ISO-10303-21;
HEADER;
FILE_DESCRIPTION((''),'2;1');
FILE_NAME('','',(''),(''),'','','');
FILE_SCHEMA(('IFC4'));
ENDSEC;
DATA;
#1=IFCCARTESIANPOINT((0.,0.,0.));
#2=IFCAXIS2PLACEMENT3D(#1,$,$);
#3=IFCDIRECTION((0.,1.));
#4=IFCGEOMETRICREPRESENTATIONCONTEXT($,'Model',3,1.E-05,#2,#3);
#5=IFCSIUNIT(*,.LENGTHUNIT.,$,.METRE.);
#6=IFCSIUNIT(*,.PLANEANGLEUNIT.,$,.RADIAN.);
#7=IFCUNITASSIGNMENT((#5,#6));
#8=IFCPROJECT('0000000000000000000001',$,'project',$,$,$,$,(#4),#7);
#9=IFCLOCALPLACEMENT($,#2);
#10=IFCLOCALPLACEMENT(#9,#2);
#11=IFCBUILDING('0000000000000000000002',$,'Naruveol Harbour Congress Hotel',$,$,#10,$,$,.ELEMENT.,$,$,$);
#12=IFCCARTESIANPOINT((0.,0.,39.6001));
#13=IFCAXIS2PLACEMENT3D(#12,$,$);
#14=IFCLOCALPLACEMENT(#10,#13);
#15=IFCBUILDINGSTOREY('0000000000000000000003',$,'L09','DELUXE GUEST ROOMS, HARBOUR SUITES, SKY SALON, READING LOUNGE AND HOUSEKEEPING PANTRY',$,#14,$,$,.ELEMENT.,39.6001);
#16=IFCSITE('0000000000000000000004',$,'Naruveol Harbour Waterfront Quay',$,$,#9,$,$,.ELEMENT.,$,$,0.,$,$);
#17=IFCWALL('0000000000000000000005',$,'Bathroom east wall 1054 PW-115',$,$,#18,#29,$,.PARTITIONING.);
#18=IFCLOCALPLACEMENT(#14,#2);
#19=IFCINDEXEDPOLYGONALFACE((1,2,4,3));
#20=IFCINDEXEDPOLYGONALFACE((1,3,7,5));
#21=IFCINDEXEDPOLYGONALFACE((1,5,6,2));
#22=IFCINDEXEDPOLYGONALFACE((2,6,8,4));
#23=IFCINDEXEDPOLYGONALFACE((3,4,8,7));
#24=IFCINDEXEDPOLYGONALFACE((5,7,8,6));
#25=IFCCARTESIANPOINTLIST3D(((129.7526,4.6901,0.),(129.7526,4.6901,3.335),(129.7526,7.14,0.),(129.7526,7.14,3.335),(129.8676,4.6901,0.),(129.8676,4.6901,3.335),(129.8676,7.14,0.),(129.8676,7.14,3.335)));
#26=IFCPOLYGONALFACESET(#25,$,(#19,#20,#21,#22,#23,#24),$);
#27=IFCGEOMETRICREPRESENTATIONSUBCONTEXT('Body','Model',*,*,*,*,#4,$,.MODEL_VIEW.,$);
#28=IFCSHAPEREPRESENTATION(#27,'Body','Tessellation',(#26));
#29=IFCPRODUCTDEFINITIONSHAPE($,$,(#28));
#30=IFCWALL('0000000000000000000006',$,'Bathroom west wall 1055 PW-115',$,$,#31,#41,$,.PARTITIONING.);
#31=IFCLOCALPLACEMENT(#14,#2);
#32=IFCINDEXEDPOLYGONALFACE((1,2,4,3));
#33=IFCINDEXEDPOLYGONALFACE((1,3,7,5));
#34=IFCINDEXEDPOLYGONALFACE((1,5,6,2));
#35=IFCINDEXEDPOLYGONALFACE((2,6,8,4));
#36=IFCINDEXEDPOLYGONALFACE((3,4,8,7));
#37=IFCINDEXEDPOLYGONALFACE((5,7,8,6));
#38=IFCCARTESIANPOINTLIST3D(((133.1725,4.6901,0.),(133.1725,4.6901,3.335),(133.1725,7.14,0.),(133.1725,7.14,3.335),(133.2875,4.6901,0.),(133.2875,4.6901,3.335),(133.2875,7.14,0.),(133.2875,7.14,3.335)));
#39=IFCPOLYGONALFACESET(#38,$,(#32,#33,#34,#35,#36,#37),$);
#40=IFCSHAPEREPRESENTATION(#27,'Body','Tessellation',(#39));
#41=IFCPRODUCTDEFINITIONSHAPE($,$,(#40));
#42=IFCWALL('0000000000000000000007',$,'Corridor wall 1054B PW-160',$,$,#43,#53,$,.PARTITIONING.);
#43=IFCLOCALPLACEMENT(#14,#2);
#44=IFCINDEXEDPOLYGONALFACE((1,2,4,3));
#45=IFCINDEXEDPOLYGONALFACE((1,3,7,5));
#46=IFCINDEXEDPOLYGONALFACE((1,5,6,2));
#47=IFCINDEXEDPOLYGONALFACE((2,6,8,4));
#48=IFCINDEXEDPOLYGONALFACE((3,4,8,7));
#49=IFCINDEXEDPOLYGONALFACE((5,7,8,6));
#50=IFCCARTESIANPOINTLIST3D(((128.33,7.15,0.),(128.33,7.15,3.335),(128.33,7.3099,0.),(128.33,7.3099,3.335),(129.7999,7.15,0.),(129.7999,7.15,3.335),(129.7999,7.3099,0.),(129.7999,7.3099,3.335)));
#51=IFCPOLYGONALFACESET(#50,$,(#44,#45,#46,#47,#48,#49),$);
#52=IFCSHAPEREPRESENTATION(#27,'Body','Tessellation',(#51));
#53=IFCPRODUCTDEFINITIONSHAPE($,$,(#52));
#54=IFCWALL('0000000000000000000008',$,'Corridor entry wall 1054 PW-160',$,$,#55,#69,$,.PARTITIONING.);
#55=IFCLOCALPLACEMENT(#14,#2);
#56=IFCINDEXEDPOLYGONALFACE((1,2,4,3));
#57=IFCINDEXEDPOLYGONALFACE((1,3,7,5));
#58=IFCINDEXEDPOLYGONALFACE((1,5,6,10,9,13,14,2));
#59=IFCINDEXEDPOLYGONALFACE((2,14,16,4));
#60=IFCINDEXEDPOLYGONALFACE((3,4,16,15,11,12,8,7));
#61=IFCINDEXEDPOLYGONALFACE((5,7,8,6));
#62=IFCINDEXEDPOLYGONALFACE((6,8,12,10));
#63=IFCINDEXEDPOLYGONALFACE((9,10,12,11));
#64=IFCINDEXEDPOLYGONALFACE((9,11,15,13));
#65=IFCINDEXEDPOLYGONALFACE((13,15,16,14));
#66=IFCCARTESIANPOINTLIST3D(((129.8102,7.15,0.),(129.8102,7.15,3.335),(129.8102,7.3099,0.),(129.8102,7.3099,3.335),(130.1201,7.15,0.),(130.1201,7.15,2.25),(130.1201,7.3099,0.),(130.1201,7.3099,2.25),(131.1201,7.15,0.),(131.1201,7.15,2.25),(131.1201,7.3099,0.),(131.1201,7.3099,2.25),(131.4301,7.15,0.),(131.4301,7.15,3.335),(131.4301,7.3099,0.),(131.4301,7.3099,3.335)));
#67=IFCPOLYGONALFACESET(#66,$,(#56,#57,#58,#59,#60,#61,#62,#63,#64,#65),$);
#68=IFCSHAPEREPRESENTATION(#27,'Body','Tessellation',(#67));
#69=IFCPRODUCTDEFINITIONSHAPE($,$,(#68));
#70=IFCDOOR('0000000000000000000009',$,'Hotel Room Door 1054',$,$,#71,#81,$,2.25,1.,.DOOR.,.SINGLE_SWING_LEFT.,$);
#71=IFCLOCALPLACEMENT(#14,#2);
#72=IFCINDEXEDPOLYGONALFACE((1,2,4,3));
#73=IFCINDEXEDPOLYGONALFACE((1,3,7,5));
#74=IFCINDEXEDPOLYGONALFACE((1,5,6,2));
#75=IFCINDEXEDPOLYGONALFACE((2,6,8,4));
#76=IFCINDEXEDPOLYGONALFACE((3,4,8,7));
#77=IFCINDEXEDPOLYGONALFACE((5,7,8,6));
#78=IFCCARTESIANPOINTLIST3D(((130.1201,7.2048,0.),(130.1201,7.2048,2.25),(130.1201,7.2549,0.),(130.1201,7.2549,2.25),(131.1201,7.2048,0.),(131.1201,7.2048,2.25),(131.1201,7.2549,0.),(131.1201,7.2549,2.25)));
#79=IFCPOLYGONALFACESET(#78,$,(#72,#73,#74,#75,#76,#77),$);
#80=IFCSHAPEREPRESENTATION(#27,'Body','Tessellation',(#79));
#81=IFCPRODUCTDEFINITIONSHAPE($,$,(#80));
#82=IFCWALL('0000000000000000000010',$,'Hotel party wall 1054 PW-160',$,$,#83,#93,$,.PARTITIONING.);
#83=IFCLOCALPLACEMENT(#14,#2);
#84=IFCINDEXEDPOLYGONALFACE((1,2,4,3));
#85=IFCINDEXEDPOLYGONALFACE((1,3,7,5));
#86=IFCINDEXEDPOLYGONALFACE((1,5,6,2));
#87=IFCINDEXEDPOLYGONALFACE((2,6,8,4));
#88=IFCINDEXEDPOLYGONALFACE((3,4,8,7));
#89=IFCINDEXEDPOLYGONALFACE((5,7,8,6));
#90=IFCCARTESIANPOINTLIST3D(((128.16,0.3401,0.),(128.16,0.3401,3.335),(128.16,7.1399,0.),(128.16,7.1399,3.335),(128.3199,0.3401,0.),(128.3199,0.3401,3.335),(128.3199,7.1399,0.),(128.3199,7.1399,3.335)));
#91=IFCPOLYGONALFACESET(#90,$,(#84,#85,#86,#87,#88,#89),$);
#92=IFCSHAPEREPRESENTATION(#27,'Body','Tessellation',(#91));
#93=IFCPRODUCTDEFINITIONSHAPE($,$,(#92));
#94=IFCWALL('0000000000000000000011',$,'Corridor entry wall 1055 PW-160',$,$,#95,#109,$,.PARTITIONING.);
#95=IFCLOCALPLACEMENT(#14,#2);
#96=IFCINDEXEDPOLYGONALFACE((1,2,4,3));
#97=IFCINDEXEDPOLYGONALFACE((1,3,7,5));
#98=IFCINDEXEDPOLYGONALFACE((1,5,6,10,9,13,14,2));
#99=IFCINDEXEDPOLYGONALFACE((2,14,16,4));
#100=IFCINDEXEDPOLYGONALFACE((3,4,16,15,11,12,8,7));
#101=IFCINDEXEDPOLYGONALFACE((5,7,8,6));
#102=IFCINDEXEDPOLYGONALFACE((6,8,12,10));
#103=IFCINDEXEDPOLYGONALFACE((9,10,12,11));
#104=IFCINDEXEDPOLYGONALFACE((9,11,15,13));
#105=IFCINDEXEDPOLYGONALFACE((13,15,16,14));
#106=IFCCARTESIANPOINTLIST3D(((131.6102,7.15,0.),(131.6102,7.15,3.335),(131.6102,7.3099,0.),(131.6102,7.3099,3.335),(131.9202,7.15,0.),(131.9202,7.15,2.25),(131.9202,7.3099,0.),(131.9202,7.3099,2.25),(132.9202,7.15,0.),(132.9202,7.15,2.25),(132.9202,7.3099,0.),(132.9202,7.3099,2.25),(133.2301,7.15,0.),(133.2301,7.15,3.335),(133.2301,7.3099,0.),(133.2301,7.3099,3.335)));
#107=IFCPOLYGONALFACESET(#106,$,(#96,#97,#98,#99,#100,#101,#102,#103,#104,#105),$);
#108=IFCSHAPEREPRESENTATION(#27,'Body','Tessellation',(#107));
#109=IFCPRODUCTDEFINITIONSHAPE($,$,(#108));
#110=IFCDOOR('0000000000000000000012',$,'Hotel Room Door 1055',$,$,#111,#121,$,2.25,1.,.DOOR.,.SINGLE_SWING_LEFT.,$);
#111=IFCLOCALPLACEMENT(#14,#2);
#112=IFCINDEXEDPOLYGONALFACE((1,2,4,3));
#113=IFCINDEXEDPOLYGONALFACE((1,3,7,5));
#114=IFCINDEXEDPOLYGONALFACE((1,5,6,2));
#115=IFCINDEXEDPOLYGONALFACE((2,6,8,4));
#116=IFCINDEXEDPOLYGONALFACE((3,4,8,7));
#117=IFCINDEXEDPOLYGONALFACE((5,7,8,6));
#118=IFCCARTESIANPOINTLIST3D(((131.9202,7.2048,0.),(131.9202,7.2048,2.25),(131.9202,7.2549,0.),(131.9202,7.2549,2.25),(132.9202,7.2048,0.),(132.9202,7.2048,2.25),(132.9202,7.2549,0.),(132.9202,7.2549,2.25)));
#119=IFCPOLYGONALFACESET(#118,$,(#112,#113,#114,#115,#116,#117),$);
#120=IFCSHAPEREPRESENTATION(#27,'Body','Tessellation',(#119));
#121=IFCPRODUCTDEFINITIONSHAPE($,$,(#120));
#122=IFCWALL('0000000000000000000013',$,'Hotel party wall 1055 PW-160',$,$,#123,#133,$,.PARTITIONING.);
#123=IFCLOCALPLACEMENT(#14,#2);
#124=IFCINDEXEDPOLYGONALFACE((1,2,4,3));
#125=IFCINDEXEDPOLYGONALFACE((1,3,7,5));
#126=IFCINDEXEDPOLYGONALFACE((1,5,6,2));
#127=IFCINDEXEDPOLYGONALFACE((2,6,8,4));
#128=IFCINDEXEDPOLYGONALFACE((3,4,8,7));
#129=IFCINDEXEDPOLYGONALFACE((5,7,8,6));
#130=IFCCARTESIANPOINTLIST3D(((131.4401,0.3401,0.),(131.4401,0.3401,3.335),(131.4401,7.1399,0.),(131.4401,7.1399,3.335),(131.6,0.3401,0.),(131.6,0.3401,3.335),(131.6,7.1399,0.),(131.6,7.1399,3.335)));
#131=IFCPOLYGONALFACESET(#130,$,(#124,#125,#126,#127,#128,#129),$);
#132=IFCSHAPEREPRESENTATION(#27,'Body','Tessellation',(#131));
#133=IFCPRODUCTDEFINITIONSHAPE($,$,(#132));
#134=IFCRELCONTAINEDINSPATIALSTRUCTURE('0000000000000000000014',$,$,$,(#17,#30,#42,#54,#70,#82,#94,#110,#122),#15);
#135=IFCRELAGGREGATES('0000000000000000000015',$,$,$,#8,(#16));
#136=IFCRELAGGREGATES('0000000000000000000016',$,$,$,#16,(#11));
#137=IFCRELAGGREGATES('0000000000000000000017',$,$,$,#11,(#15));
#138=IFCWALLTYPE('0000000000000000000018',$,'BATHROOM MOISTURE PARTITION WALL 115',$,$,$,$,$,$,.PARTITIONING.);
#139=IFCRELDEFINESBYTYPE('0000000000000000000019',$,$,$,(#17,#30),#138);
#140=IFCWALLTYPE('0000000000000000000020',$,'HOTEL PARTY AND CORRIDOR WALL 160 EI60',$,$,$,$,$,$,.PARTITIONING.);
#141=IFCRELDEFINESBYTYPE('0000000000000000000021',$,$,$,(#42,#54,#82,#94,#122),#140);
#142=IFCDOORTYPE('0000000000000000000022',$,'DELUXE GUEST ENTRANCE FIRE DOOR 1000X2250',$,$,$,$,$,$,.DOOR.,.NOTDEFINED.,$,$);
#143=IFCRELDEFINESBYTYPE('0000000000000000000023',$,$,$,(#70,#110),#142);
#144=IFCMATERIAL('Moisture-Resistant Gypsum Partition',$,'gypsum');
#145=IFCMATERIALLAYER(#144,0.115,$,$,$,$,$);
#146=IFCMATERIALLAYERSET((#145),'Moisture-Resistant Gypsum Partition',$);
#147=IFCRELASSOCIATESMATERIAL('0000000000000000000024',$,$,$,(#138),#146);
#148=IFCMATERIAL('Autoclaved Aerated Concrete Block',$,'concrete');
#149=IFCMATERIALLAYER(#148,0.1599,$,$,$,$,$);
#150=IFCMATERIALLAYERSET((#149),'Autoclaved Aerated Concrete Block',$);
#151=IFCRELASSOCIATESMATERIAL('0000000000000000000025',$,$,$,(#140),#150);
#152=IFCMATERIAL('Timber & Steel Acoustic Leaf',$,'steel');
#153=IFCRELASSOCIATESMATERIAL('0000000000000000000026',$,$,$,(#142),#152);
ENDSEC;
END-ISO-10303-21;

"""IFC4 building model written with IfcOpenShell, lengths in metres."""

from ifc_helpers import new_model, si_unit, direction, frame, frame_2d, origin, place, context, subcontext, project, spatial, rectangle, extrude, material, layer, layer_set, type_object, element, fill, save


model = new_model("IFC4")

# Units and contexts
model_context = context("Model", 3, precision=1e-05, world=origin(), true_north=direction((0.0, 1.0)))
body_context = subcontext(model_context, "Body", "Model", "MODEL_VIEW")
ifc_project = project(units=[si_unit("LENGTHUNIT", "METRE"), si_unit("PLANEANGLEUNIT", "RADIAN")], contexts=[model_context])

# Site, building, storey
site_placement = place(None, origin())
site = spatial("IfcSite", under=ifc_project, at=site_placement, Name="Naruveol Harbour Waterfront Quay", CompositionType="ELEMENT", RefElevation=0.0)
building_placement = place(site_placement, origin())
building = spatial("IfcBuilding", under=site, at=building_placement, Name="Naruveol Harbour Congress Hotel", CompositionType="ELEMENT")
storey_placement = place(building_placement, frame((0.0, 0.0, 39.6001)))
storey = spatial("IfcBuildingStorey", under=building, at=storey_placement, Name="L09", Description="DELUXE GUEST ROOMS, HARBOUR SUITES, SKY SALON, READING LOUNGE AND HOUSEKEEPING PANTRY", CompositionType="ELEMENT", Elevation=39.6001)

# Wall
ifc_material_1 = material(Name="Moisture-Resistant Gypsum Partition", Category="gypsum")
ifc_layer_1 = layer(ifc_material_1, 0.115)
ifc_layer_set_1 = layer_set([ifc_layer_1], Name="Moisture-Resistant Gypsum Partition")
wall_type_1 = type_object("IfcWallType", Name="BATHROOM MOISTURE PARTITION WALL 115", PredefinedType="PARTITIONING", material=ifc_layer_set_1)
wall_1_placement = place(storey_placement, frame((129.8101, 4.6899, 0.0), z_axis=(0.0, 0.0, 1.0), x_axis=(0.0, 1.0, 0.0)))
element("IfcWall", 1, at=wall_1_placement, inside=storey, type_object=wall_type_1, Name="Bathroom east wall 1054 PW-115", PredefinedType="PARTITIONING", context=body_context, shape_type="SweptSolid", body=[
    extrude(rectangle(XDim=2.45, YDim=0.115, at=frame_2d((1.2251, 0.0))), origin(), (0.0, 0.0, 1.0), 3.335),
])

# Wall
wall_2_placement = place(storey_placement, frame((133.23, 4.6899, 0.0), z_axis=(0.0, 0.0, 1.0), x_axis=(0.0, 1.0, 0.0)))
element("IfcWall", 2, at=wall_2_placement, inside=storey, type_object=wall_type_1, Name="Bathroom west wall 1055 PW-115", PredefinedType="PARTITIONING", context=body_context, shape_type="SweptSolid", body=[
    extrude(rectangle(XDim=2.45, YDim=0.115, at=frame_2d((1.2251, 0.0))), origin(), (0.0, 0.0, 1.0), 3.335),
])

# Wall
ifc_material_2 = material(Name="Autoclaved Aerated Concrete Block", Category="concrete")
ifc_layer_2 = layer(ifc_material_2, 0.1599)
ifc_layer_set_2 = layer_set([ifc_layer_2], Name="Autoclaved Aerated Concrete Block")
wall_type_2 = type_object("IfcWallType", Name="HOTEL PARTY AND CORRIDOR WALL 160 EI60", PredefinedType="PARTITIONING", material=ifc_layer_set_2)
wall_3_placement = place(storey_placement, frame((128.3301, 7.23, 0.0), z_axis=(0.0, 0.0, 1.0), x_axis=(1.0, 0.0, 0.0)))
element("IfcWall", 3, at=wall_3_placement, inside=storey, type_object=wall_type_2, Name="Corridor wall 1054B PW-160", PredefinedType="PARTITIONING", context=body_context, shape_type="SweptSolid", body=[
    extrude(rectangle(XDim=1.47, YDim=0.1599, at=frame_2d((0.7349, 0.0))), origin(), (0.0, 0.0, 1.0), 3.335),
])

# Wall, opening, door
wall_4_placement = place(storey_placement, frame((129.8101, 7.23, 0.0), z_axis=(0.0, 0.0, 1.0), x_axis=(1.0, 0.0, 0.0)))
wall_4 = element("IfcWall", 4, at=wall_4_placement, inside=storey, type_object=wall_type_2, Name="Corridor entry wall 1054 PW-160", PredefinedType="PARTITIONING", context=body_context, shape_type="SweptSolid", body=[
    extrude(rectangle(XDim=1.6199, YDim=0.1599, at=frame_2d((0.8101, 0.0))), origin(), (0.0, 0.0, 1.0), 3.335),
])
opening_1_placement = place(wall_4_placement, frame((0.3101, 0.0, 0.0)))
opening_1 = element("IfcOpeningElement", 5, at=opening_1_placement, cuts=wall_4, PredefinedType="OPENING", context=body_context, shape_type="SweptSolid", body=[
    extrude(rectangle(XDim=1.0, YDim=2.25, at=frame_2d((0.5, 1.125))), frame((0.0, 0.0898, 0.0), z_axis=(0.0, -1.0, 0.0), x_axis=(1.0, 0.0, 0.0)), (0.0, 0.0, 1.0), 0.1799),
])
ifc_material_3 = material(Name="Timber & Steel Acoustic Leaf", Category="steel")
door_type_1 = type_object("IfcDoorType", Name="DELUXE GUEST ENTRANCE FIRE DOOR 1000X2250", OperationType="NOTDEFINED", PredefinedType="DOOR", material=ifc_material_3)
door_1_placement = place(opening_1_placement, origin())
door_1 = element("IfcDoor", 6, at=door_1_placement, inside=storey, type_object=door_type_1, Name="Hotel Room Door 1054", OperationType="SINGLE_SWING_LEFT", OverallHeight=2.25, OverallWidth=1.0, PredefinedType="DOOR", context=body_context, shape_type="SweptSolid", body=[
    extrude(rectangle(XDim=1.0, YDim=2.25, at=frame_2d((0.5, 1.125))), frame((0.0, 0.0249, 0.0), z_axis=(0.0, -1.0, 0.0), x_axis=(1.0, 0.0, 0.0)), (0.0, 0.0, 1.0), 0.05),
])
fill(opening_1, door_1)

# Wall
wall_5_placement = place(storey_placement, frame((128.24, 0.3401, 0.0), z_axis=(0.0, 0.0, 1.0), x_axis=(0.0, 1.0, 0.0)))
element("IfcWall", 7, at=wall_5_placement, inside=storey, type_object=wall_type_2, Name="Hotel party wall 1054 PW-160", PredefinedType="PARTITIONING", context=body_context, shape_type="SweptSolid", body=[
    extrude(rectangle(XDim=6.7998, YDim=0.1599, at=frame_2d((3.3999, 0.0))), origin(), (0.0, 0.0, 1.0), 3.335),
])

# Wall, opening, door
wall_6_placement = place(storey_placement, frame((131.6101, 7.23, 0.0), z_axis=(0.0, 0.0, 1.0), x_axis=(1.0, 0.0, 0.0)))
wall_6 = element("IfcWall", 8, at=wall_6_placement, inside=storey, type_object=wall_type_2, Name="Corridor entry wall 1055 PW-160", PredefinedType="PARTITIONING", context=body_context, shape_type="SweptSolid", body=[
    extrude(rectangle(XDim=1.6199, YDim=0.1599, at=frame_2d((0.8101, 0.0))), origin(), (0.0, 0.0, 1.0), 3.335),
])
opening_2_placement = place(wall_6_placement, frame((0.3101, 0.0, 0.0)))
opening_2 = element("IfcOpeningElement", 9, at=opening_2_placement, cuts=wall_6, PredefinedType="OPENING", context=body_context, shape_type="SweptSolid", body=[
    extrude(rectangle(XDim=1.0, YDim=2.25, at=frame_2d((0.5, 1.125))), frame((0.0, 0.0898, 0.0), z_axis=(0.0, -1.0, 0.0), x_axis=(1.0, 0.0, 0.0)), (0.0, 0.0, 1.0), 0.1799),
])
door_2_placement = place(opening_2_placement, origin())
door_2 = element("IfcDoor", 10, at=door_2_placement, inside=storey, type_object=door_type_1, Name="Hotel Room Door 1055", OperationType="SINGLE_SWING_LEFT", OverallHeight=2.25, OverallWidth=1.0, PredefinedType="DOOR", context=body_context, shape_type="SweptSolid", body=[
    extrude(rectangle(XDim=1.0, YDim=2.25, at=frame_2d((0.5, 1.125))), frame((0.0, 0.0249, 0.0), z_axis=(0.0, -1.0, 0.0), x_axis=(1.0, 0.0, 0.0)), (0.0, 0.0, 1.0), 0.05),
])
fill(opening_2, door_2)

# Wall
wall_7_placement = place(storey_placement, frame((131.52, 0.3401, 0.0), z_axis=(0.0, 0.0, 1.0), x_axis=(0.0, 1.0, 0.0)))
element("IfcWall", 11, at=wall_7_placement, inside=storey, type_object=wall_type_2, Name="Hotel party wall 1055 PW-160", PredefinedType="PARTITIONING", context=body_context, shape_type="SweptSolid", body=[
    extrude(rectangle(XDim=6.7998, YDim=0.1599, at=frame_2d((3.3999, 0.0))), origin(), (0.0, 0.0, 1.0), 3.335),
])

save(model, "model.ifc")
